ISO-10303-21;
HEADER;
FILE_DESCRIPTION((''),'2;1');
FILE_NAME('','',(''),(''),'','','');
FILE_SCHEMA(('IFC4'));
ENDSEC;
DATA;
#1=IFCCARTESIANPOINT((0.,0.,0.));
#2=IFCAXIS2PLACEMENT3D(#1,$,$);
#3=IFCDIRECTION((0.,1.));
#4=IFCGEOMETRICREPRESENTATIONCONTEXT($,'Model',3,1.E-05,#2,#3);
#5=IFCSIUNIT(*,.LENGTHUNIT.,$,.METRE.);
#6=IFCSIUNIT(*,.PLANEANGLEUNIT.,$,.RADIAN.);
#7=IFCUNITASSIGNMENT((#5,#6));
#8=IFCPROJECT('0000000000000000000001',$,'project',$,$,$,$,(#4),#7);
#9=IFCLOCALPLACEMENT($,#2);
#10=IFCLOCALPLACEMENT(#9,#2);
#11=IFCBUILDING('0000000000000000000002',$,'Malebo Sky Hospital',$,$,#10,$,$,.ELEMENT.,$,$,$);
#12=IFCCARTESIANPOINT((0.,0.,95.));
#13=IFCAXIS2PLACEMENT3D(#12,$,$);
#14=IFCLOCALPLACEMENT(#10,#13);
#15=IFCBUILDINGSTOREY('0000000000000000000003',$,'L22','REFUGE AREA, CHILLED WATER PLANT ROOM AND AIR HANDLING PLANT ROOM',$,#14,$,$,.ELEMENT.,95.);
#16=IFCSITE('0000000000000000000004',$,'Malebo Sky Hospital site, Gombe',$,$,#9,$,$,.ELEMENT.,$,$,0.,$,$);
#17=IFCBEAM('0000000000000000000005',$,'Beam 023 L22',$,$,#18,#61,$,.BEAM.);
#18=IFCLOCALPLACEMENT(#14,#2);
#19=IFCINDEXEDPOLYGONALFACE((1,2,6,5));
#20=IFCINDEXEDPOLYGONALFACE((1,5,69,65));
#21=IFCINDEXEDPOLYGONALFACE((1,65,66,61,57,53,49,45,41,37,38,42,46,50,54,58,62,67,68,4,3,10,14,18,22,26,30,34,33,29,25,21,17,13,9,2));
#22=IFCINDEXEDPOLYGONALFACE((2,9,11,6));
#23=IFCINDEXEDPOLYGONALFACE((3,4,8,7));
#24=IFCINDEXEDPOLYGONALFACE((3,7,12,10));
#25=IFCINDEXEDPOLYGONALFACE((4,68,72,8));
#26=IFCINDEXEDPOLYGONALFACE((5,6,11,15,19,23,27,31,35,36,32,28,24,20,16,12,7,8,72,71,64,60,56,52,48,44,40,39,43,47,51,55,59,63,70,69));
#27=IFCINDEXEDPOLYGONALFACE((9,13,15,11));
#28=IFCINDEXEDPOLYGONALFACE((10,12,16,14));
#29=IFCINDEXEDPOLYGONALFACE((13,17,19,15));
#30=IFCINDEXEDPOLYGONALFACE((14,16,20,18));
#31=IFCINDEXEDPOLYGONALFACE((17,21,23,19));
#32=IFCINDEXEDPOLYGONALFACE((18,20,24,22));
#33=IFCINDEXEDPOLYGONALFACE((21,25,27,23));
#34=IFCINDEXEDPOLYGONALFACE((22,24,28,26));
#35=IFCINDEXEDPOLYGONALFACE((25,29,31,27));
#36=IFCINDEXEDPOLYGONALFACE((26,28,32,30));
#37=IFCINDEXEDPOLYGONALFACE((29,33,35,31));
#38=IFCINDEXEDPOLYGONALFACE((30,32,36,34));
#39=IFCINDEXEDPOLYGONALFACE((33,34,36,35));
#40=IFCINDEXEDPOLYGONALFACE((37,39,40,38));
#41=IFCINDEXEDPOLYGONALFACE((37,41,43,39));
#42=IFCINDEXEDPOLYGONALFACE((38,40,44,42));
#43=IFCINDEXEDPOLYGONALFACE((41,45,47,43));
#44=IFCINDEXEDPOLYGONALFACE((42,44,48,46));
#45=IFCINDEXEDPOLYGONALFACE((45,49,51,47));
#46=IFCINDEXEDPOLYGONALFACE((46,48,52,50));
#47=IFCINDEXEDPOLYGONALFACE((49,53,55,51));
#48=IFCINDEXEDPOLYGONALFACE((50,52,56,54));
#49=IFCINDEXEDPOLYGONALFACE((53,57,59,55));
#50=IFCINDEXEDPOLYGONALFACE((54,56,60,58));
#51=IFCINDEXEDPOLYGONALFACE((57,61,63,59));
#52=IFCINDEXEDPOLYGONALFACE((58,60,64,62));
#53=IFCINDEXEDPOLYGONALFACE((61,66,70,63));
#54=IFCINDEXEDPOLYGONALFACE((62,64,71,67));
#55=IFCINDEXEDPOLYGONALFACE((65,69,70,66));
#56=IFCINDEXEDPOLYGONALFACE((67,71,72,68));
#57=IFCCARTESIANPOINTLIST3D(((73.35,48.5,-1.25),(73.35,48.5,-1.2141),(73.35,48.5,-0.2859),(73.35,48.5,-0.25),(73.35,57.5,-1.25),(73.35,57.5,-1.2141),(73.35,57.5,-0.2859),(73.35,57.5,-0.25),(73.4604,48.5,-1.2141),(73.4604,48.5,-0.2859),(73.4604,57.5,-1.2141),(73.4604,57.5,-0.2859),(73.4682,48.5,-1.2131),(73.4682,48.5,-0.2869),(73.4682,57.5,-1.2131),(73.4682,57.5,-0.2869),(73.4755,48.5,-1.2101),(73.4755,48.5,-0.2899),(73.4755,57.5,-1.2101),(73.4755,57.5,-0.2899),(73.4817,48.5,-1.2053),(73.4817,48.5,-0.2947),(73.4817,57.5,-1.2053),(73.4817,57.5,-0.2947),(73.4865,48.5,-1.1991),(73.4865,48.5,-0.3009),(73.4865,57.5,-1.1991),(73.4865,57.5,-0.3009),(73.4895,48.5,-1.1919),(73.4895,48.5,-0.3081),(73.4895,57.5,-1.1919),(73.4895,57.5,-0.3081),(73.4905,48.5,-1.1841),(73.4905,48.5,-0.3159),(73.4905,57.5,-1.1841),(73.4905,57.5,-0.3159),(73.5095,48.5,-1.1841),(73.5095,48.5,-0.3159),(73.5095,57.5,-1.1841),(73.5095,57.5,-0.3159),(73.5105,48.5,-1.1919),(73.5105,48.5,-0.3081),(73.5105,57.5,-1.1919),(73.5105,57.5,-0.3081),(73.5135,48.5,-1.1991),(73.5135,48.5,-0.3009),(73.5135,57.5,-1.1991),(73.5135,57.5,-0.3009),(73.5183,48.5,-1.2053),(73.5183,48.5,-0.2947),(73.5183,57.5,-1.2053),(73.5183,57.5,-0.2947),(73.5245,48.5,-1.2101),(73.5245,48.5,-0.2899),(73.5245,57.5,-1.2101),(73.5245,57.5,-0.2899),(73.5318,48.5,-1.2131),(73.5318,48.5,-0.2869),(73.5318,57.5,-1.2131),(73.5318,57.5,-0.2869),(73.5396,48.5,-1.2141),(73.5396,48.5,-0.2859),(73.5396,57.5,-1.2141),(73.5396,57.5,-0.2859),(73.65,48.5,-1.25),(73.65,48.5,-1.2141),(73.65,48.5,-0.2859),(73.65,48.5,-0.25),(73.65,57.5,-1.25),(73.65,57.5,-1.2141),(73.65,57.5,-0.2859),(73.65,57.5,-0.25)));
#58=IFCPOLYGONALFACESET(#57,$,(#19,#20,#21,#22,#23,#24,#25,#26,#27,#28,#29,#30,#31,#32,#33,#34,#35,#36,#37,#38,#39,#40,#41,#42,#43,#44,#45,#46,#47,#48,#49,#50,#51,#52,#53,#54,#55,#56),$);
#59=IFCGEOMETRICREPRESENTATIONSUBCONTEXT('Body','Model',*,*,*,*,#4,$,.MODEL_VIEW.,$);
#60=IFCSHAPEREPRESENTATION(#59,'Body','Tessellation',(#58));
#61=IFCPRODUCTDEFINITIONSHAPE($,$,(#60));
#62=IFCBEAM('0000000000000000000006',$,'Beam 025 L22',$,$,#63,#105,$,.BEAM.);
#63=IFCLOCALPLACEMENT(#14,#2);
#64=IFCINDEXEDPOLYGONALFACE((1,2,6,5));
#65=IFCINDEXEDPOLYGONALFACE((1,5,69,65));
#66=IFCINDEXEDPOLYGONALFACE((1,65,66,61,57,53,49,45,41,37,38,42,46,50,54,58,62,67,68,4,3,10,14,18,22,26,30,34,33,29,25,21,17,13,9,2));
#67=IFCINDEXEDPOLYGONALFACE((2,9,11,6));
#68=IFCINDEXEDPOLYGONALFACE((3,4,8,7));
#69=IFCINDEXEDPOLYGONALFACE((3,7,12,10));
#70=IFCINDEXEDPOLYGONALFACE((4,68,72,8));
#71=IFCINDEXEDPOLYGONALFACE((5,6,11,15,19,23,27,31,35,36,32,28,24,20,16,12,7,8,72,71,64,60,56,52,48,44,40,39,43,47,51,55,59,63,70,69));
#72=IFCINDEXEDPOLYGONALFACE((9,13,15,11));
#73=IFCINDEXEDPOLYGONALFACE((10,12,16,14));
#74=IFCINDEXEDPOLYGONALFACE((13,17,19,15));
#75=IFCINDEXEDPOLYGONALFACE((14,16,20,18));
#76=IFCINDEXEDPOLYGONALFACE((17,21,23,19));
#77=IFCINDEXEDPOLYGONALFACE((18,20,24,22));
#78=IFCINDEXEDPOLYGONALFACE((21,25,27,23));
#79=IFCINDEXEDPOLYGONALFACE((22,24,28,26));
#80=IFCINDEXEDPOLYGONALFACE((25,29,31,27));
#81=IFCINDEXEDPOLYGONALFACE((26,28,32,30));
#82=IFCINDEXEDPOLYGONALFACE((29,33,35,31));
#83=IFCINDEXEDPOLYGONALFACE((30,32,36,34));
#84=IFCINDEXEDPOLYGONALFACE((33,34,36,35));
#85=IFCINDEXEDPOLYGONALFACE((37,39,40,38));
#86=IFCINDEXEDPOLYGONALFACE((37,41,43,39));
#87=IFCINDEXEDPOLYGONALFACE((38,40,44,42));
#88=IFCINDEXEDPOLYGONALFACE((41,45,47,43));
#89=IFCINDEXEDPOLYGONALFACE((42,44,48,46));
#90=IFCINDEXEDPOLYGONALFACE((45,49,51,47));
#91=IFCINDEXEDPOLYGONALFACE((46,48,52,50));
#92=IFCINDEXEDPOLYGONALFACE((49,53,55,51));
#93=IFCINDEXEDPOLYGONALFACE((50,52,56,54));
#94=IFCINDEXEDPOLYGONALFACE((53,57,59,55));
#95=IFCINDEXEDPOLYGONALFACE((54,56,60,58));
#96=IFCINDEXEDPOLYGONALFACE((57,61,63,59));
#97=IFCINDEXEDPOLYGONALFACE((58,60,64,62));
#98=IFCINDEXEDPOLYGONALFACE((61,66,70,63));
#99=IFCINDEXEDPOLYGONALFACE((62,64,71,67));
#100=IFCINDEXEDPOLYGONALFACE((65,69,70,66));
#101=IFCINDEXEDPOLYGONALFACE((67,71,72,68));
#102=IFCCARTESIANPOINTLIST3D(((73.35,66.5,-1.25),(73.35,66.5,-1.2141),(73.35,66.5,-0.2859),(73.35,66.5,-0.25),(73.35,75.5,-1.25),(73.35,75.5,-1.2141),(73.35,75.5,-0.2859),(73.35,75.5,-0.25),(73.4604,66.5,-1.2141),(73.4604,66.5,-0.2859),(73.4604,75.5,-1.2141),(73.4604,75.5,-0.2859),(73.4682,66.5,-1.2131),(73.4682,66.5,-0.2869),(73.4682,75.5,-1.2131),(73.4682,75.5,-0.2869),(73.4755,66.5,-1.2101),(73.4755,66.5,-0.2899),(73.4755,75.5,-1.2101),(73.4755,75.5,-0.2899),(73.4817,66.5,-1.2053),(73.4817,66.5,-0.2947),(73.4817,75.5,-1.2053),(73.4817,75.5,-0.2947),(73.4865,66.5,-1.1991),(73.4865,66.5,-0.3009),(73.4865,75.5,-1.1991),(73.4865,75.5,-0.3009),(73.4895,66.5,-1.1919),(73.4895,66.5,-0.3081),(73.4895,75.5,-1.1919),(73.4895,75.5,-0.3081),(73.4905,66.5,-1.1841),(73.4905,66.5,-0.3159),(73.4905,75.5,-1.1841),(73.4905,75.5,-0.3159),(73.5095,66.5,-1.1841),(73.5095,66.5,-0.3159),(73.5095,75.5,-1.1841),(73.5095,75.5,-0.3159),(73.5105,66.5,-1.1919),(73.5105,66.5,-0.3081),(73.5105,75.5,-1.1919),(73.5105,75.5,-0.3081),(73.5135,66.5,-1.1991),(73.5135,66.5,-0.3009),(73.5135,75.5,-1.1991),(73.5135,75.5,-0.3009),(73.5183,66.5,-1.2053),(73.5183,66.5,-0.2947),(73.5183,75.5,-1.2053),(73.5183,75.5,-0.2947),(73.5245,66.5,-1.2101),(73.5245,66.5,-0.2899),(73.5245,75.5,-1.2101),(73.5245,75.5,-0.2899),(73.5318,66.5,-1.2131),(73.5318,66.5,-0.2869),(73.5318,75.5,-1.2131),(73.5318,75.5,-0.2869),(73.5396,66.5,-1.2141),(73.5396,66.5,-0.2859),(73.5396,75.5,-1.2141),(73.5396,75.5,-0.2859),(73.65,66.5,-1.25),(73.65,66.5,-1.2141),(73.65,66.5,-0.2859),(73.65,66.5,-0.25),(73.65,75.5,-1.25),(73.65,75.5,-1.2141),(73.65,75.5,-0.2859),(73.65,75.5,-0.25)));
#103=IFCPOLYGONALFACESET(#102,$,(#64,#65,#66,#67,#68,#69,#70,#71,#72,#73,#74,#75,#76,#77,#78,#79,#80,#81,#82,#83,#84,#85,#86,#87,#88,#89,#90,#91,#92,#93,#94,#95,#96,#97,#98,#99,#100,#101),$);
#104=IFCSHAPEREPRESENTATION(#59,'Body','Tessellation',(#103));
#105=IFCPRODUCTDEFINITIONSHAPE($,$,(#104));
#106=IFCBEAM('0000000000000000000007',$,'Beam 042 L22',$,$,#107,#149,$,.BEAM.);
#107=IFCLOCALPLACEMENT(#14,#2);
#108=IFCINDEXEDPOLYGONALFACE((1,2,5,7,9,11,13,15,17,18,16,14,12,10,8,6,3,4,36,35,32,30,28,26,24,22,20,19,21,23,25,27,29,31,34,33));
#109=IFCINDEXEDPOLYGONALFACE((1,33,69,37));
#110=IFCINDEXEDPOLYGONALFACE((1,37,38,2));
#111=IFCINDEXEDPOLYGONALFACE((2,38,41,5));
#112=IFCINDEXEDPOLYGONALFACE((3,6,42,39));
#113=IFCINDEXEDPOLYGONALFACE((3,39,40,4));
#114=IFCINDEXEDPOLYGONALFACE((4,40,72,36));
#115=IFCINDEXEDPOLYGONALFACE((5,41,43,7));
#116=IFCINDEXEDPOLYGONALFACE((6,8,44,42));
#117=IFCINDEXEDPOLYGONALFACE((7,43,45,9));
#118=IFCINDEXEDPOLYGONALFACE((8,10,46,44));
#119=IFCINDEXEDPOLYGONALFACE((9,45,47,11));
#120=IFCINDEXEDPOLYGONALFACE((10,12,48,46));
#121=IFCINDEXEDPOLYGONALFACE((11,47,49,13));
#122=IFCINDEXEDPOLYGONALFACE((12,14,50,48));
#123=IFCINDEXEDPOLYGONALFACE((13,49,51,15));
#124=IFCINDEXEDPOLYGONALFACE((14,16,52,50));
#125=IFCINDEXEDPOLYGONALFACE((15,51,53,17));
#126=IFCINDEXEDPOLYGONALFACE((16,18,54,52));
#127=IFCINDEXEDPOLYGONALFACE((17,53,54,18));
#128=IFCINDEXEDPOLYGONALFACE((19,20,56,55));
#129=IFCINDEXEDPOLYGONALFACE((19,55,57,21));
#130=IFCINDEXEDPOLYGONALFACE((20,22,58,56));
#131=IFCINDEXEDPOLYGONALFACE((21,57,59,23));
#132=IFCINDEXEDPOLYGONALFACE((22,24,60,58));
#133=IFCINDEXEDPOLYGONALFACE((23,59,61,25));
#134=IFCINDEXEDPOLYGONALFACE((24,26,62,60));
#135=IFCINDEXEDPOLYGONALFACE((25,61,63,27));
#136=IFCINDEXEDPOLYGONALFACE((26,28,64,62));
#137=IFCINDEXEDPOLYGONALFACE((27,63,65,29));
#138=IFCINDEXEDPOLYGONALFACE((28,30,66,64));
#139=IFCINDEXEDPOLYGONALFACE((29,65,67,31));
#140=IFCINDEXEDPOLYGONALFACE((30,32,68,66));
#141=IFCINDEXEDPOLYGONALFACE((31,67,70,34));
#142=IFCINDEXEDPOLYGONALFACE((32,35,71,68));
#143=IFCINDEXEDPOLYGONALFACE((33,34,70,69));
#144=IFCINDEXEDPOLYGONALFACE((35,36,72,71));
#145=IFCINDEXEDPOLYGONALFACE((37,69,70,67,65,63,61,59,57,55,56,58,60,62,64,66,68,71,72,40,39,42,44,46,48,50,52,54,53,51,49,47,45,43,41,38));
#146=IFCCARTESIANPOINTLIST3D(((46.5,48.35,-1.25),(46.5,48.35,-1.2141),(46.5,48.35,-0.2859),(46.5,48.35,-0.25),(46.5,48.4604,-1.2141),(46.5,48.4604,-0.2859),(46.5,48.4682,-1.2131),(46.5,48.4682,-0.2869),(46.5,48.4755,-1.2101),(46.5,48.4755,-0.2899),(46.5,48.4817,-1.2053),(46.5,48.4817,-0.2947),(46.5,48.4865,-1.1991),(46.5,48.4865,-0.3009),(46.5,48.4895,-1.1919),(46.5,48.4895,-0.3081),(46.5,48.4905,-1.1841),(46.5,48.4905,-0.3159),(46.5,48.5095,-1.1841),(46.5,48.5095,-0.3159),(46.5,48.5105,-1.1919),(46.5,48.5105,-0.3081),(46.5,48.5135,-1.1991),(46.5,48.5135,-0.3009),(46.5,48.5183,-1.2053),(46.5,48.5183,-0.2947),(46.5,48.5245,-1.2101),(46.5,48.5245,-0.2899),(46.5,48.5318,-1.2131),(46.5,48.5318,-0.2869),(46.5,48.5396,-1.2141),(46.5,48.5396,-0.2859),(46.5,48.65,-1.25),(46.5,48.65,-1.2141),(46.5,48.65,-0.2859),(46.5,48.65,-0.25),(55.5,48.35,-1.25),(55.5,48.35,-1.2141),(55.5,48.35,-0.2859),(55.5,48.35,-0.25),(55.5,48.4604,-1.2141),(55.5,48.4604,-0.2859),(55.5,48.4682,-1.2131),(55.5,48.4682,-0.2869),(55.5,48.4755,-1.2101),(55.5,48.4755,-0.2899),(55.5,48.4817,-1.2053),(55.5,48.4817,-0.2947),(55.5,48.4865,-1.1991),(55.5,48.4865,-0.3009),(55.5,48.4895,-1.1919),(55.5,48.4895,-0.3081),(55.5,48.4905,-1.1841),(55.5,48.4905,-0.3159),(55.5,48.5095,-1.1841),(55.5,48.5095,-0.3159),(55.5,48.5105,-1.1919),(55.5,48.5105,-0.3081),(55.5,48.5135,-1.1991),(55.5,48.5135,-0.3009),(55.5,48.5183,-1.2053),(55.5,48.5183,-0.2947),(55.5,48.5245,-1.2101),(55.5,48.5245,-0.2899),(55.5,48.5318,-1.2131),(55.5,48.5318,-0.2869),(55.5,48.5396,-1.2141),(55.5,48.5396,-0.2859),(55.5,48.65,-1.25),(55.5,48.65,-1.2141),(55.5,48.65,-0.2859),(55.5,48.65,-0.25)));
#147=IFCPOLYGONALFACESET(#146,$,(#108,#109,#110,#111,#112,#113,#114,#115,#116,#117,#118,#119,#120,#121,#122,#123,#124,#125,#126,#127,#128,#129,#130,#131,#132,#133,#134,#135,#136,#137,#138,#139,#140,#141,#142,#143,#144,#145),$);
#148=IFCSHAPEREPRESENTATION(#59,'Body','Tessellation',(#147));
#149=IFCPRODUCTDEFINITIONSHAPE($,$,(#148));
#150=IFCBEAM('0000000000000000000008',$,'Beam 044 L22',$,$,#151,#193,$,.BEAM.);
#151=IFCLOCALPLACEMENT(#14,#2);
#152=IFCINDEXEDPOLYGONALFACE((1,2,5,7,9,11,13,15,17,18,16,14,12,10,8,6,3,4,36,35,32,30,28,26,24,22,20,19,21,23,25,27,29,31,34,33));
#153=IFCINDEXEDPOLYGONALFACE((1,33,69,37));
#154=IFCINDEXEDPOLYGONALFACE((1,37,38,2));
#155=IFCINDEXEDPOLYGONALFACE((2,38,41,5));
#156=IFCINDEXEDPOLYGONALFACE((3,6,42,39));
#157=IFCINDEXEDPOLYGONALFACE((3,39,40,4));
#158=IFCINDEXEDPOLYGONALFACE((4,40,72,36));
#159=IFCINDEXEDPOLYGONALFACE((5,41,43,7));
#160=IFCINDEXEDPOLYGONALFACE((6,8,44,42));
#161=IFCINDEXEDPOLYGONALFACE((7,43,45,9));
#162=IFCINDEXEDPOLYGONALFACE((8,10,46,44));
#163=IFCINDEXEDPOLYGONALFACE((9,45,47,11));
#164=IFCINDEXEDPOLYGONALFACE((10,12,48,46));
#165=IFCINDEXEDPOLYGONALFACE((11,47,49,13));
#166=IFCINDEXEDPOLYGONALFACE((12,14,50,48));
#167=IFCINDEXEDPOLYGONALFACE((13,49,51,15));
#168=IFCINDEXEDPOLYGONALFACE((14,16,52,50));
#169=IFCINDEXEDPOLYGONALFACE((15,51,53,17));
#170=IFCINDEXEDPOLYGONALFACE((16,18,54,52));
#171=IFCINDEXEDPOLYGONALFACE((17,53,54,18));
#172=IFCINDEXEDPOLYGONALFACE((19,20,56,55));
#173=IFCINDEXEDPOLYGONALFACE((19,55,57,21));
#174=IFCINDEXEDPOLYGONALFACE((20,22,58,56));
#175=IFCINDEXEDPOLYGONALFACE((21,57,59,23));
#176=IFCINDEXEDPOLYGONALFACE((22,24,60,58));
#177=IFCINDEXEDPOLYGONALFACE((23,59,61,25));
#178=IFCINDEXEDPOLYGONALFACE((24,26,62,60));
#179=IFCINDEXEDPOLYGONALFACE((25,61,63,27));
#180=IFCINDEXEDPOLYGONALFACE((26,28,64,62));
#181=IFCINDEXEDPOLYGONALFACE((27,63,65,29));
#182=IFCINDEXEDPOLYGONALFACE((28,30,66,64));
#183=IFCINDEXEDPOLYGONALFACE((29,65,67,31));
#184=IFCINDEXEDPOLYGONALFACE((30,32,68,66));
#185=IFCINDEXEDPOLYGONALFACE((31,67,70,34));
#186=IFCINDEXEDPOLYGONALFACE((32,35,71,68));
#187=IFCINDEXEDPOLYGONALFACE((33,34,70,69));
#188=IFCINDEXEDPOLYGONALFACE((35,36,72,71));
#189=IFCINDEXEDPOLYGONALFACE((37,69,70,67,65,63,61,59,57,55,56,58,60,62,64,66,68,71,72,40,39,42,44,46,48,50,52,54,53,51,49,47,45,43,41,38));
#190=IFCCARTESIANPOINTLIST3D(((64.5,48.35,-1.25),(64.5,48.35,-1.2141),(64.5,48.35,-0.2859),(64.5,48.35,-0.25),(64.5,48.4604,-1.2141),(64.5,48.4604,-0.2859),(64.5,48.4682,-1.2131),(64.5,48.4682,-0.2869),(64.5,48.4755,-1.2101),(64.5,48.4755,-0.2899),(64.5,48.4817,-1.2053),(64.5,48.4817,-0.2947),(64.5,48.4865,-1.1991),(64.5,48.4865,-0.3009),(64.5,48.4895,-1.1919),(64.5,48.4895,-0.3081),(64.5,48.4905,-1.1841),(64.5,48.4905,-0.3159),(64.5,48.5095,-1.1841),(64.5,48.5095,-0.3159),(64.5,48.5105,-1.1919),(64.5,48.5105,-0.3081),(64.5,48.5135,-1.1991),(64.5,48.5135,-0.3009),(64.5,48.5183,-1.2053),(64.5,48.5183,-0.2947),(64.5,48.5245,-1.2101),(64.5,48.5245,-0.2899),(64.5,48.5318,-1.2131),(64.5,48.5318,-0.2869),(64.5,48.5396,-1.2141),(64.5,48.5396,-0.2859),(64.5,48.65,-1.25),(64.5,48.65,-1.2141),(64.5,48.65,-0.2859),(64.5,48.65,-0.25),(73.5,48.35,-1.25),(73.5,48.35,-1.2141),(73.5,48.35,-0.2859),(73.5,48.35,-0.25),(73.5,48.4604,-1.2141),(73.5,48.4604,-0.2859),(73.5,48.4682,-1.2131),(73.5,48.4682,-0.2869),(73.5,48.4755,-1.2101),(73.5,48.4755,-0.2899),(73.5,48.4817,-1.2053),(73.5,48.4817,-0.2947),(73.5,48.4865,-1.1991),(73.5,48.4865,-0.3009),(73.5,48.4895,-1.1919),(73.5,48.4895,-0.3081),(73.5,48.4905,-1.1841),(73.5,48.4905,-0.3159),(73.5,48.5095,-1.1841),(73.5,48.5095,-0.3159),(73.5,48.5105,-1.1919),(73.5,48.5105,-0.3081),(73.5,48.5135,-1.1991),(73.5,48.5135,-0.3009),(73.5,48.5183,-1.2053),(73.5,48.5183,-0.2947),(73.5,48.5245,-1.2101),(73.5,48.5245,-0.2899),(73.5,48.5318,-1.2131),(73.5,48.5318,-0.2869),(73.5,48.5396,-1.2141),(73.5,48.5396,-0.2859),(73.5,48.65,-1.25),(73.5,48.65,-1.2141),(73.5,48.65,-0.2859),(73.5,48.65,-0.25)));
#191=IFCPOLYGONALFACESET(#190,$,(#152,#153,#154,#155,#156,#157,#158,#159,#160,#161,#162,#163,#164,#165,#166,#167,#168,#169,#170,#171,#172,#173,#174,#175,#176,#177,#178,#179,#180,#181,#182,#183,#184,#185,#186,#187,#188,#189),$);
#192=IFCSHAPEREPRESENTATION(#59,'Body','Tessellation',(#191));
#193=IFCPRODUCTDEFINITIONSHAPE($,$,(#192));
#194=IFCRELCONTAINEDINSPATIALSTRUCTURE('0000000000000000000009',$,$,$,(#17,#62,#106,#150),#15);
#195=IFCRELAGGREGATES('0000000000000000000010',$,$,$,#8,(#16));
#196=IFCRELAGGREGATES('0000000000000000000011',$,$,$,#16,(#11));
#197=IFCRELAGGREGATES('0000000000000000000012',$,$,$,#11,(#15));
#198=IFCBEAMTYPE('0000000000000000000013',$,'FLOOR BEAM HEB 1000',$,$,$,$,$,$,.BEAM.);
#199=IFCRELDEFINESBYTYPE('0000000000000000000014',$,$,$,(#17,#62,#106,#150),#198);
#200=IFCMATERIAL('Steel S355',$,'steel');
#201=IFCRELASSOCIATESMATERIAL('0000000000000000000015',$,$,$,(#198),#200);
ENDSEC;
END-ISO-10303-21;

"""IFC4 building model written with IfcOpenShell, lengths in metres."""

from ifc_helpers import new_model, si_unit, direction, frame, origin, origin_2d, place, context, subcontext, project, spatial, i_section, extrude, material, material_profile, profile_set, type_object, element, save


model = new_model("IFC4")

# Units and contexts
model_context = context("Model", 3, precision=1e-05, world=origin(), true_north=direction((0.0, 1.0)))
body_context = subcontext(model_context, "Body", "Model", "MODEL_VIEW")
ifc_project = project(units=[si_unit("LENGTHUNIT", "METRE"), si_unit("PLANEANGLEUNIT", "RADIAN")], contexts=[model_context])

# Site, building, storey
site_placement = place(None, origin())
site = spatial("IfcSite", under=ifc_project, at=site_placement, Name="Malebo Sky Hospital site, Gombe", CompositionType="ELEMENT", RefElevation=0.0)
building_placement = place(site_placement, origin())
building = spatial("IfcBuilding", under=site, at=building_placement, Name="Malebo Sky Hospital", CompositionType="ELEMENT")
storey_placement = place(building_placement, frame((0.0, 0.0, 95.0)))
storey = spatial("IfcBuildingStorey", under=building, at=storey_placement, Name="L22", Description="REFUGE AREA, CHILLED WATER PLANT ROOM AND AIR HANDLING PLANT ROOM", CompositionType="ELEMENT", Elevation=95.0)

# Beams
ifc_material_1 = material(Name="Steel S355", Category="steel")
ifc_material_profile_1 = material_profile(ifc_material_1, i_section(OverallWidth=0.3, OverallDepth=1.0, WebThickness=0.019, FlangeThickness=0.0359, FilletRadius=0.03, at=origin_2d()), Name="HEB 1000")
ifc_profile_set_1 = profile_set([ifc_material_profile_1], Name="Steel S355")
beam_type_1 = type_object("IfcBeamType", Name="FLOOR BEAM HEB 1000", PredefinedType="BEAM", material=ifc_profile_set_1)
for number, where, z_axis, x_axis, name in (
    (1, (73.5, 48.5, -0.75), (0.0, 1.0, 0.0), (-1.0, 0.0, 0.0), "Beam 023 L22"),
    (2, (73.5, 66.5, -0.75), (0.0, 1.0, 0.0), (-1.0, 0.0, 0.0), "Beam 025 L22"),
    (3, (46.5, 48.5, -0.75), (1.0, 0.0, 0.0), (0.0, 1.0, 0.0), "Beam 042 L22"),
    (4, (64.5, 48.5, -0.75), (1.0, 0.0, 0.0), (0.0, 1.0, 0.0), "Beam 044 L22"),
):
    element("IfcBeam", number, at=place(storey_placement, frame(where, z_axis=z_axis, x_axis=x_axis)), inside=storey, type_object=beam_type_1, Name=name, PredefinedType="BEAM", context=body_context, shape_type="SweptSolid", body=[
        extrude(i_section(OverallWidth=0.3, OverallDepth=1.0, WebThickness=0.019, FlangeThickness=0.0359, FilletRadius=0.03, at=origin_2d()), origin(), (0.0, 0.0, 1.0), 9.0),
    ])

save(model, "model.ifc")
